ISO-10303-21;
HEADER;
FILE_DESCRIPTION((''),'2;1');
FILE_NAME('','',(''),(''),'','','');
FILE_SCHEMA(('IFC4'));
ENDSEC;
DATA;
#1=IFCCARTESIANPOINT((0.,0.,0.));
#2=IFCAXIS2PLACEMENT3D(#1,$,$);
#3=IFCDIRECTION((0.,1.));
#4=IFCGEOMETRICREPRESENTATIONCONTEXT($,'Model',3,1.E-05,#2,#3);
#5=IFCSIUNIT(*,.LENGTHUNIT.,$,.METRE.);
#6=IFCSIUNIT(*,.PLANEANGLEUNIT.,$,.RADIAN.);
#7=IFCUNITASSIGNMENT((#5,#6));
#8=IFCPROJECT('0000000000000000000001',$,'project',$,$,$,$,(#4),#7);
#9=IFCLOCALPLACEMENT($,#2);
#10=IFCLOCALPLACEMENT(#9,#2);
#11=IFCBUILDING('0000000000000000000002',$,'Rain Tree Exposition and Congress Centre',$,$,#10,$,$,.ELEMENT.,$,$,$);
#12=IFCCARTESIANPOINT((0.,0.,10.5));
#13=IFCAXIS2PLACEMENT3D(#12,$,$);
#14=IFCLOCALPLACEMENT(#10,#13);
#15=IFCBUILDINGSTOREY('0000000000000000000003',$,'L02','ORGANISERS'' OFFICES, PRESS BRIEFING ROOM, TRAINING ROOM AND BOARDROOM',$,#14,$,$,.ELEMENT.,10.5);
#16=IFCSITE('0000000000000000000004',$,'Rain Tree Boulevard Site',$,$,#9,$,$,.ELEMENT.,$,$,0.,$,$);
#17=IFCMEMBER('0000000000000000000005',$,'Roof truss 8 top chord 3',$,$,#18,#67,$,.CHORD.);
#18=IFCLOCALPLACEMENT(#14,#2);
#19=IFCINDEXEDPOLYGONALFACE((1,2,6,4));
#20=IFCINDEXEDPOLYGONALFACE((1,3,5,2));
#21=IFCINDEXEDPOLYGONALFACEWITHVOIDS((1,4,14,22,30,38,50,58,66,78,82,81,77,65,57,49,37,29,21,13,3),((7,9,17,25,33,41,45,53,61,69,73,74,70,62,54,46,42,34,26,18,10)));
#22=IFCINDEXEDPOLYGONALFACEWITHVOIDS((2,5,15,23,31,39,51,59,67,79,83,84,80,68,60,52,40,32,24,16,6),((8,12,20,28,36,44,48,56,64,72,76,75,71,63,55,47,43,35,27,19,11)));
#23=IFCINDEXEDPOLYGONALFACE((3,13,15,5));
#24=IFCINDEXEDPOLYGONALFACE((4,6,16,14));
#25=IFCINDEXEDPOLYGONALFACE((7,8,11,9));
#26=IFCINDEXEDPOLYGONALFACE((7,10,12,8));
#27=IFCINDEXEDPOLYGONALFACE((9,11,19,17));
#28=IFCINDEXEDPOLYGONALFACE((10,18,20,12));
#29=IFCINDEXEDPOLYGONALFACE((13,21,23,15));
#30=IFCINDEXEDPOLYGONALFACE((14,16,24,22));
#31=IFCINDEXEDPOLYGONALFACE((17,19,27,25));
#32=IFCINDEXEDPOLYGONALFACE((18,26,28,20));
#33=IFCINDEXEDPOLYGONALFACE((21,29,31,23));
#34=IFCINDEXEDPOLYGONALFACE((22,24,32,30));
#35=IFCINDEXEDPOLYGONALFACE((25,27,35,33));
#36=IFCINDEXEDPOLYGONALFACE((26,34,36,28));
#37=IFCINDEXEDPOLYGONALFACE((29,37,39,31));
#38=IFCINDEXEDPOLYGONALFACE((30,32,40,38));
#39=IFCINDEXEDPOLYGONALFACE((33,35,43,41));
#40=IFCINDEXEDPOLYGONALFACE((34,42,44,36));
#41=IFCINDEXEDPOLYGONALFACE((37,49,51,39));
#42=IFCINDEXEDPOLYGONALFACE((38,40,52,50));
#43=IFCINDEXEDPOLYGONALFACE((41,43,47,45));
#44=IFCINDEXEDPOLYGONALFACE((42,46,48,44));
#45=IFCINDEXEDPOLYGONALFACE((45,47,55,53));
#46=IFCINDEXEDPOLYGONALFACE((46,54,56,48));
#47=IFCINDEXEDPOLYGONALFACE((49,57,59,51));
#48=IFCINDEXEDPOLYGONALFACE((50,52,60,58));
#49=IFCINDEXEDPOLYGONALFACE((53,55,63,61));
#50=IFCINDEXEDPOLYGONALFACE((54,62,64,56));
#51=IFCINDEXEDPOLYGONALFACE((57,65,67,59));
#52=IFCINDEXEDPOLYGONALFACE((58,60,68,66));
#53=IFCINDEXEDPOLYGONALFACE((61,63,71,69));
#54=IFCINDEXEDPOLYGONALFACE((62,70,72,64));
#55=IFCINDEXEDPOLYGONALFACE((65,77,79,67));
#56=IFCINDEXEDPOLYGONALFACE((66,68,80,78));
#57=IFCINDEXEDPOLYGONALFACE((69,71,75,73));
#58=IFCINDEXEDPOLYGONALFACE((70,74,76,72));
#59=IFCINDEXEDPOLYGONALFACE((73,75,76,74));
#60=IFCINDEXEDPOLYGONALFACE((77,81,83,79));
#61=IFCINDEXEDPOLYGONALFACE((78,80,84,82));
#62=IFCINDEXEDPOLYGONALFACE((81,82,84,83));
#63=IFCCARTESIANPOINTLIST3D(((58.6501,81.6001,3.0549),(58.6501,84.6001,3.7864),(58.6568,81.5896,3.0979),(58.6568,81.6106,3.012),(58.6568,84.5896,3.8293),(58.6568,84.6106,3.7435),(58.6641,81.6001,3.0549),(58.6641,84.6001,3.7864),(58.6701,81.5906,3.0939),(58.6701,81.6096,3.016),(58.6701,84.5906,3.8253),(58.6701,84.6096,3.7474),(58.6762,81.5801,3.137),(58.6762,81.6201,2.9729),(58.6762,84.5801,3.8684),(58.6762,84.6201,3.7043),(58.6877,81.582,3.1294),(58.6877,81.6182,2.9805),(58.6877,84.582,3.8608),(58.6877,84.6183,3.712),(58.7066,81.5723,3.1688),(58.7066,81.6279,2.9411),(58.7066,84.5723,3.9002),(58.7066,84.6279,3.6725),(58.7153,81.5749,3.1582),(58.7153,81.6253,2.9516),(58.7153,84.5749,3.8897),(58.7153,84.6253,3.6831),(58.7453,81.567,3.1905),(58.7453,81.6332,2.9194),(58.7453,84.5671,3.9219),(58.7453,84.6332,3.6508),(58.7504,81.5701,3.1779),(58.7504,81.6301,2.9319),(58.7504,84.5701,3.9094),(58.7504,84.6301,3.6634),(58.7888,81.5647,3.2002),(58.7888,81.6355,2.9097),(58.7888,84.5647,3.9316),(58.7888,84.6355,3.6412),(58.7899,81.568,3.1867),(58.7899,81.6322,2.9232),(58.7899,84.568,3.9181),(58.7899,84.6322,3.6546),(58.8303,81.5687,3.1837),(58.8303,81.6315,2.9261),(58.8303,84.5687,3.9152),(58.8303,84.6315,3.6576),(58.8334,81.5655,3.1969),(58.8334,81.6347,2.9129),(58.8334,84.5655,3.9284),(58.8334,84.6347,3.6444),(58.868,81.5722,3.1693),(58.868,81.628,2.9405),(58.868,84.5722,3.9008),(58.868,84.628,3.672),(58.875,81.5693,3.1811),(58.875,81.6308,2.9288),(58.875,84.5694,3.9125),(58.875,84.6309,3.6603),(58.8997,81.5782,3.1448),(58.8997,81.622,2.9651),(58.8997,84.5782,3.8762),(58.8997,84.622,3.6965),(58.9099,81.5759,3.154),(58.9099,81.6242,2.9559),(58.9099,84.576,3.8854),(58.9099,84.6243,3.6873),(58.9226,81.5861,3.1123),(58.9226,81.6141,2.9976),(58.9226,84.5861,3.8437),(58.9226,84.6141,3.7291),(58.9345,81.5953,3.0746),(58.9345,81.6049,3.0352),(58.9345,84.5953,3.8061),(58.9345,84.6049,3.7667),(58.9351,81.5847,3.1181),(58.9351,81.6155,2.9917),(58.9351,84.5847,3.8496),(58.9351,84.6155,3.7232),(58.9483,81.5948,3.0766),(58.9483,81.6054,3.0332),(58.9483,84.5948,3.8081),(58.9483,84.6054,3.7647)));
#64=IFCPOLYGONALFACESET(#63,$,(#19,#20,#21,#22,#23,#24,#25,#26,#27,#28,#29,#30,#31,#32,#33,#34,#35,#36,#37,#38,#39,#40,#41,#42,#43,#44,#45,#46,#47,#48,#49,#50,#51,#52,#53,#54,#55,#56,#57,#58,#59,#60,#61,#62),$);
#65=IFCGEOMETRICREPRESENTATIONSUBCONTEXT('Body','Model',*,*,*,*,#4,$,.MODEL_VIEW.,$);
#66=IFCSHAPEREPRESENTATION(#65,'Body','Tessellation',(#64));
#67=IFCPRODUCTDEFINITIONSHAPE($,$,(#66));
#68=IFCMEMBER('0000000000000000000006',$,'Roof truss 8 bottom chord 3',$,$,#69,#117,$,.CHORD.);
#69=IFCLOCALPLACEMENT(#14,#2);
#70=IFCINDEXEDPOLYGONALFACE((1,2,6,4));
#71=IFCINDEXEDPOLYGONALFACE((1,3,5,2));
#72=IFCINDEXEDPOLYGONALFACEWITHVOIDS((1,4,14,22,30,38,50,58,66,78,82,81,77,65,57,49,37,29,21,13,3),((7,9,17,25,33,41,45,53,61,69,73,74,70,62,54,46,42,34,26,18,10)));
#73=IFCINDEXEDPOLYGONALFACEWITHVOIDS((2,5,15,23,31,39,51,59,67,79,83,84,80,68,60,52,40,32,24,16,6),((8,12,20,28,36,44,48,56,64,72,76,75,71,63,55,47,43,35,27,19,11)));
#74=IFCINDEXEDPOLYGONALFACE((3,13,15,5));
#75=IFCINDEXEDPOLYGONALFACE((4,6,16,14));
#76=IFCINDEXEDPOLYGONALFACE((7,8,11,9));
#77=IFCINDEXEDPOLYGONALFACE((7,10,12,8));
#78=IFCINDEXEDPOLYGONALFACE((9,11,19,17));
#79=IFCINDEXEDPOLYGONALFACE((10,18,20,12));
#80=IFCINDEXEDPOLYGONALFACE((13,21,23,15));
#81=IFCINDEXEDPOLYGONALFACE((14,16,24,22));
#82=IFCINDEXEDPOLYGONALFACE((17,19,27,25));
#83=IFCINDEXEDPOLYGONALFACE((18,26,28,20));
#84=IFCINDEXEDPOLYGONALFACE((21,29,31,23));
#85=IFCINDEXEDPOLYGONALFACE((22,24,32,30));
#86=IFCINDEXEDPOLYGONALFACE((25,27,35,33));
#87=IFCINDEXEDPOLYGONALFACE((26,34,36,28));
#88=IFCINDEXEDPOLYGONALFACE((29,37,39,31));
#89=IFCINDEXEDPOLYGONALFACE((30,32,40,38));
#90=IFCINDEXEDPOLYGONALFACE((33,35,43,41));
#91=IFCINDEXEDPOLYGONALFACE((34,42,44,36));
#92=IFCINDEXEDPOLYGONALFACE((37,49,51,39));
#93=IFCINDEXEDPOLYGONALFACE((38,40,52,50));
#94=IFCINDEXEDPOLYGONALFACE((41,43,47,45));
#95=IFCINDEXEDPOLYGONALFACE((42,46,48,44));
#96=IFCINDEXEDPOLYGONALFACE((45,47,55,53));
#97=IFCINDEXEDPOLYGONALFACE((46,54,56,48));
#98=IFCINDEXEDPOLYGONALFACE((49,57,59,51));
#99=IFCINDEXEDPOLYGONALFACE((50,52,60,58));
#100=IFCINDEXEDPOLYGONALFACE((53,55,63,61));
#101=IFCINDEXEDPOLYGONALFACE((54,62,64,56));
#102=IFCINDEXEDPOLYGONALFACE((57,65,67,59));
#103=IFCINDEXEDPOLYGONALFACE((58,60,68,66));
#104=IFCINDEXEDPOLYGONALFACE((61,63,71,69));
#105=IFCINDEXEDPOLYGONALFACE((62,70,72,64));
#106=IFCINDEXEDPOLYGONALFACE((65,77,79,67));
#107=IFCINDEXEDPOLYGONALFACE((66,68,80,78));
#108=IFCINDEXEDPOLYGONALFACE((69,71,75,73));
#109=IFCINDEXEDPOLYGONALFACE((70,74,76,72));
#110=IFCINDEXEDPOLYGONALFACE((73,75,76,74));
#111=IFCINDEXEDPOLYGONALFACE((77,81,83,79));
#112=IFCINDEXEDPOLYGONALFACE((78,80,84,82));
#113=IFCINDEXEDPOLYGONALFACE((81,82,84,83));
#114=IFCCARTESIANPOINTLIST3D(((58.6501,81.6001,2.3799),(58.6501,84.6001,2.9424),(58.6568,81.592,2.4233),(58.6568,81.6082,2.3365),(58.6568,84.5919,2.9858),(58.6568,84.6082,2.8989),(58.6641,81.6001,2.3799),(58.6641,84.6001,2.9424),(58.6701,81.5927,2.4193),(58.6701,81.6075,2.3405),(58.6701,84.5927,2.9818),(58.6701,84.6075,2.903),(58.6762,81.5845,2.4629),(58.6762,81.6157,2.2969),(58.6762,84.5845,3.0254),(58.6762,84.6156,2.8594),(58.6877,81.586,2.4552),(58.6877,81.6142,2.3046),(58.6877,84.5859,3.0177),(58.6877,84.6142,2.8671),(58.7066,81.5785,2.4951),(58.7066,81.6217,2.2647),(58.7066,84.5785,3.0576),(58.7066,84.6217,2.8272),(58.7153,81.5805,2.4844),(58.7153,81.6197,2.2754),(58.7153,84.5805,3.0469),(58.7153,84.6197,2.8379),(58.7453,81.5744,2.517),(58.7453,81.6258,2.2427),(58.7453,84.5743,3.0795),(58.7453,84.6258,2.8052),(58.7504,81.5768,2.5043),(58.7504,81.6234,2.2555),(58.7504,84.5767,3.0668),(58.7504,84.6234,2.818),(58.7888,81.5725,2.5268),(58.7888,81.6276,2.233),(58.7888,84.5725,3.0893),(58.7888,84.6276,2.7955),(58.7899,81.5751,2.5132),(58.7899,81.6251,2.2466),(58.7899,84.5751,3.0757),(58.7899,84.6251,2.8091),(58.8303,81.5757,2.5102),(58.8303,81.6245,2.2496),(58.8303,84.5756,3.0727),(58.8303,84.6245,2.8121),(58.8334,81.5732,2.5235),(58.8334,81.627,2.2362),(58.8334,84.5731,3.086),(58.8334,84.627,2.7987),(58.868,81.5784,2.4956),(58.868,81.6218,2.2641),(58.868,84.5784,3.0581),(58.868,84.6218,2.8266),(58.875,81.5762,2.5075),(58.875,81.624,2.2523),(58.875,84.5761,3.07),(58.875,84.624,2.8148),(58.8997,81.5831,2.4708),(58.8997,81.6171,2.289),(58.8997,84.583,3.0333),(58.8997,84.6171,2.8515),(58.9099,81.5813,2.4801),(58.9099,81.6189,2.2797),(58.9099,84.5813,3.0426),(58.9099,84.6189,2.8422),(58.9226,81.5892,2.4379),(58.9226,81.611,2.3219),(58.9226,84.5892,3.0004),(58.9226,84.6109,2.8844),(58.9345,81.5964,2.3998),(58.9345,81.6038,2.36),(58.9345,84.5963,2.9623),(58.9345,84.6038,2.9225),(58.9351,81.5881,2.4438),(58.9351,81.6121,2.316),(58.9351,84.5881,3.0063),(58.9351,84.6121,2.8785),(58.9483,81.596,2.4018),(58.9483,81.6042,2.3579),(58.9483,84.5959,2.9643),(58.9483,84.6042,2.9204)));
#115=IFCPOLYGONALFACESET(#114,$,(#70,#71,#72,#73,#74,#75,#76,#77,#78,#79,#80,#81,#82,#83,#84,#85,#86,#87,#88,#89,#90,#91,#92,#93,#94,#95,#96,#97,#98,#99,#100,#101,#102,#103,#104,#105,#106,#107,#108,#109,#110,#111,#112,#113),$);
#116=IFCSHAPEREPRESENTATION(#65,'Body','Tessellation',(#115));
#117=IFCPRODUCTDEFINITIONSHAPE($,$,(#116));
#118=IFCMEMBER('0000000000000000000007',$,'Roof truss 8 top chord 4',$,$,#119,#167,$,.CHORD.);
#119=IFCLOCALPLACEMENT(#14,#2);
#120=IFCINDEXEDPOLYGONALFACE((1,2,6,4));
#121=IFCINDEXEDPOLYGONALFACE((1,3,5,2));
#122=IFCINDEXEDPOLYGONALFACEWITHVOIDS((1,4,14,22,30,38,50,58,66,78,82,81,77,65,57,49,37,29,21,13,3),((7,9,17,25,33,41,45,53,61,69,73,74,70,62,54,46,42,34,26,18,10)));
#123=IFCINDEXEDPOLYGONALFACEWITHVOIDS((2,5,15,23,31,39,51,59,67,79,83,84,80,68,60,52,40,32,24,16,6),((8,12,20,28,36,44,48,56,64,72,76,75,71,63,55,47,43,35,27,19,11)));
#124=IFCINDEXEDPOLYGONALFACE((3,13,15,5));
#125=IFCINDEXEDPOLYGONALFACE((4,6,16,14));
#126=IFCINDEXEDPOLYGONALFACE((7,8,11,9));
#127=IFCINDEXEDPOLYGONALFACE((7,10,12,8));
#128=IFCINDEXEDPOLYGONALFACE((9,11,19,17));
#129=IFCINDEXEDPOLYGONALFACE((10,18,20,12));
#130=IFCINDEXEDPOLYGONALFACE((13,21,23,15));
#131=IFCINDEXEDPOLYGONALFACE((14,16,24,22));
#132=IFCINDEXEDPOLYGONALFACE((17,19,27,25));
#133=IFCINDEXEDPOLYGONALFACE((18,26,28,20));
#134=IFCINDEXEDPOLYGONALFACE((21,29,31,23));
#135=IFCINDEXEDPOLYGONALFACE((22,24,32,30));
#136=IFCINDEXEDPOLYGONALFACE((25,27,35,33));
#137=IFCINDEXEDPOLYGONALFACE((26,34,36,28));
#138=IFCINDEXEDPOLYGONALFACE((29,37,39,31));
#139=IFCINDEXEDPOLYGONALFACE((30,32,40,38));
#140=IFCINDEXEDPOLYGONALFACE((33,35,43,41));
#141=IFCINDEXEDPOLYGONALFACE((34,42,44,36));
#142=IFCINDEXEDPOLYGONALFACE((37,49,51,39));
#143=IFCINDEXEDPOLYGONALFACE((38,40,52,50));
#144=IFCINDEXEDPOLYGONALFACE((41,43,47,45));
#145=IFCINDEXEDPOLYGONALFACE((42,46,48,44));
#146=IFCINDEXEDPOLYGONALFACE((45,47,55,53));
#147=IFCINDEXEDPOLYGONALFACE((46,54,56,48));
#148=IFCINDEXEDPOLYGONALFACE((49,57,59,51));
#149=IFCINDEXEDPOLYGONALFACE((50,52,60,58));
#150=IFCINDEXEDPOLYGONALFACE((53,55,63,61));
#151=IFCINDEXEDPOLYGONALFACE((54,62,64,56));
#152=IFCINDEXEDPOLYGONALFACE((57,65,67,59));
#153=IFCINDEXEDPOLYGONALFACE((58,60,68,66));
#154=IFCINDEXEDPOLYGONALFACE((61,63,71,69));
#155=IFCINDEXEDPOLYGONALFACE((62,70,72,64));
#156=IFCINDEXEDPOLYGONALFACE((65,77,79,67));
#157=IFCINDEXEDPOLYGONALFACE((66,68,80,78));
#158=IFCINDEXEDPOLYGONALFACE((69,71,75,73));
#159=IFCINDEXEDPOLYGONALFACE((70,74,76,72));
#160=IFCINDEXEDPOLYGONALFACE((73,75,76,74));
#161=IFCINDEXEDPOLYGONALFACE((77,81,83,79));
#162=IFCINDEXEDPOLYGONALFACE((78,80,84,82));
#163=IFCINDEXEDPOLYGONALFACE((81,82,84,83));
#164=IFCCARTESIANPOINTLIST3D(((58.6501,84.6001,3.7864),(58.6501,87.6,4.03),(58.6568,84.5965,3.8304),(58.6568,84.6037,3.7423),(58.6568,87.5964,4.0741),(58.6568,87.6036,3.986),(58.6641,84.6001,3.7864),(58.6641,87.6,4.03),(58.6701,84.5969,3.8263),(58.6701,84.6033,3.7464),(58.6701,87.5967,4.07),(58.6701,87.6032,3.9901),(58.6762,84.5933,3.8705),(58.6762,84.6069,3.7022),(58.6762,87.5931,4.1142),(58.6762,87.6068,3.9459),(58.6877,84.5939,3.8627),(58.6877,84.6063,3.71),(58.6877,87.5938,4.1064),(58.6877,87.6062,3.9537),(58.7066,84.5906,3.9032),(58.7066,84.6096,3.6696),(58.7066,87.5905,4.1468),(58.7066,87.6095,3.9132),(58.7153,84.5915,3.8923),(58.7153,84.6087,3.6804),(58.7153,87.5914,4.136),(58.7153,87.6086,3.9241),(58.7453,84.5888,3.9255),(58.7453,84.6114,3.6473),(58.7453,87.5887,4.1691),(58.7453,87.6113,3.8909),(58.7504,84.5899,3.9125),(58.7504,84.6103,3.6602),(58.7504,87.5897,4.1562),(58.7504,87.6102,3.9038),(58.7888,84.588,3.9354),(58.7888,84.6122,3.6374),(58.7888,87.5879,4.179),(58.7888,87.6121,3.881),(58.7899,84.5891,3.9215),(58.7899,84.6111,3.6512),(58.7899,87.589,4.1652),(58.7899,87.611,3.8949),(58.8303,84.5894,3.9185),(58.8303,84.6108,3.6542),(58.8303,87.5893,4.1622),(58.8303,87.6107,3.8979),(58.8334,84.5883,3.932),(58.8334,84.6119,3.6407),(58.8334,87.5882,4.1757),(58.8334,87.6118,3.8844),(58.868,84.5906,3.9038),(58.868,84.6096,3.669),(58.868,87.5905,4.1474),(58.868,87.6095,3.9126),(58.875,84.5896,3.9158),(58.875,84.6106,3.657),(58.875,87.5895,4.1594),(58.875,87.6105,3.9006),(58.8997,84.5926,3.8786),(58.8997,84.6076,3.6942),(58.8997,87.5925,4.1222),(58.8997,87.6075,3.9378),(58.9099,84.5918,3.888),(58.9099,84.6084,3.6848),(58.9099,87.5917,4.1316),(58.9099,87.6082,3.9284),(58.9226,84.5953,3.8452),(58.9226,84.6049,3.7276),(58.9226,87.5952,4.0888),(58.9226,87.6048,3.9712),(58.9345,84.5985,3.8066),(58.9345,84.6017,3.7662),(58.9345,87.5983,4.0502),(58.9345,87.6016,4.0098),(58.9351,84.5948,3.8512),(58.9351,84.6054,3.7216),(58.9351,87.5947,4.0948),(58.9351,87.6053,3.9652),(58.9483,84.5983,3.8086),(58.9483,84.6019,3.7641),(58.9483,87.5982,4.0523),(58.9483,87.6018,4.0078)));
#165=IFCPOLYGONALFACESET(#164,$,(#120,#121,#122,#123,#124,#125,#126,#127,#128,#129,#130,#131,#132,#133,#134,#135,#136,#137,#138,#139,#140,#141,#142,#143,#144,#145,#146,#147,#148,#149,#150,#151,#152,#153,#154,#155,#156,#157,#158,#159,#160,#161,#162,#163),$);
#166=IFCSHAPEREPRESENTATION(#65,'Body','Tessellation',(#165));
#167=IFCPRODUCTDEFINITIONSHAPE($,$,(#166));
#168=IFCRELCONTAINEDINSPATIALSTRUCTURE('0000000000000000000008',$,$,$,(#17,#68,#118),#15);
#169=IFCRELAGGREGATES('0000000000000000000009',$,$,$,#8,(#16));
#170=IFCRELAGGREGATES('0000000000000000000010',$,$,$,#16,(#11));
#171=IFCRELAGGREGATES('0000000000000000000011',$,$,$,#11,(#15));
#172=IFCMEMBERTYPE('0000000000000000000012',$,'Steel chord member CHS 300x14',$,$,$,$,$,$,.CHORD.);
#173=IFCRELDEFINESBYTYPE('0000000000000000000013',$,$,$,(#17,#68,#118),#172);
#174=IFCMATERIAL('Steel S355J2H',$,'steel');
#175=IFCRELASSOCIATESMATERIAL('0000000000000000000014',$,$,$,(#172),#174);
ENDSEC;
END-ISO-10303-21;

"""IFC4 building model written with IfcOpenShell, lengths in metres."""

from ifc_helpers import new_model, si_unit, direction, frame, origin, origin_2d, place, context, subcontext, project, spatial, hollow_circle, extrude, material, material_profile, profile_set, type_object, element, save


model = new_model("IFC4")

# Units and contexts
model_context = context("Model", 3, precision=1e-05, world=origin(), true_north=direction((0.0, 1.0)))
body_context = subcontext(model_context, "Body", "Model", "MODEL_VIEW")
ifc_project = project(units=[si_unit("LENGTHUNIT", "METRE"), si_unit("PLANEANGLEUNIT", "RADIAN")], contexts=[model_context])

# Site, building, storey
site_placement = place(None, origin())
site = spatial("IfcSite", under=ifc_project, at=site_placement, Name="Rain Tree Boulevard Site", CompositionType="ELEMENT", RefElevation=0.0)
building_placement = place(site_placement, origin())
building = spatial("IfcBuilding", under=site, at=building_placement, Name="Rain Tree Exposition and Congress Centre", CompositionType="ELEMENT")
storey_placement = place(building_placement, frame((0.0, 0.0, 10.5)))
storey = spatial("IfcBuildingStorey", under=building, at=storey_placement, Name="L02", Description="ORGANISERS' OFFICES, PRESS BRIEFING ROOM, TRAINING ROOM AND BOARDROOM", CompositionType="ELEMENT", Elevation=10.5)

# Members
ifc_material_1 = material(Name="Steel S355J2H", Category="steel")
ifc_material_profile_1 = material_profile(ifc_material_1, hollow_circle(Radius=0.1499, WallThickness=0.0139, at=origin_2d()), Name="CHS 300x14")
ifc_profile_set_1 = profile_set([ifc_material_profile_1], Name="Steel S355J2H")
member_type_1 = type_object("IfcMemberType", Name="Steel chord member CHS 300x14", PredefinedType="CHORD", material=ifc_profile_set_1)
member_1_placement = place(storey_placement, frame((58.8, 81.6001, 3.0549), z_axis=(0.0, 0.97154, 0.236876), x_axis=(-1.0, 0.0, 0.0)))
element("IfcMember", 1, at=member_1_placement, inside=storey, type_object=member_type_1, Name="Roof truss 8 top chord 3", PredefinedType="CHORD", context=body_context, shape_type="SweptSolid", body=[
    extrude(hollow_circle(Radius=0.1499, WallThickness=0.0139, at=origin_2d()), origin(), (0.0, 0.0, 1.0), 3.0879),
])
member_2_placement = place(storey_placement, frame((58.8, 81.6001, 2.3799), z_axis=(0.0, 0.982872, 0.184289), x_axis=(-1.0, 0.0, 0.0)))
element("IfcMember", 2, at=member_2_placement, inside=storey, type_object=member_type_1, Name="Roof truss 8 bottom chord 3", PredefinedType="CHORD", context=body_context, shape_type="SweptSolid", body=[
    extrude(hollow_circle(Radius=0.1499, WallThickness=0.0139, at=origin_2d()), origin(), (0.0, 0.0, 1.0), 3.0522),
])
member_3_placement = place(storey_placement, frame((58.8, 84.6001, 3.7864), z_axis=(0.0, 0.996718, 0.080951), x_axis=(-1.0, 0.0, 0.0)))
element("IfcMember", 3, at=member_3_placement, inside=storey, type_object=member_type_1, Name="Roof truss 8 top chord 4", PredefinedType="CHORD", context=body_context, shape_type="SweptSolid", body=[
    extrude(hollow_circle(Radius=0.1499, WallThickness=0.0139, at=origin_2d()), origin(), (0.0, 0.0, 1.0), 3.0098),
])

save(model, "model.ifc")
